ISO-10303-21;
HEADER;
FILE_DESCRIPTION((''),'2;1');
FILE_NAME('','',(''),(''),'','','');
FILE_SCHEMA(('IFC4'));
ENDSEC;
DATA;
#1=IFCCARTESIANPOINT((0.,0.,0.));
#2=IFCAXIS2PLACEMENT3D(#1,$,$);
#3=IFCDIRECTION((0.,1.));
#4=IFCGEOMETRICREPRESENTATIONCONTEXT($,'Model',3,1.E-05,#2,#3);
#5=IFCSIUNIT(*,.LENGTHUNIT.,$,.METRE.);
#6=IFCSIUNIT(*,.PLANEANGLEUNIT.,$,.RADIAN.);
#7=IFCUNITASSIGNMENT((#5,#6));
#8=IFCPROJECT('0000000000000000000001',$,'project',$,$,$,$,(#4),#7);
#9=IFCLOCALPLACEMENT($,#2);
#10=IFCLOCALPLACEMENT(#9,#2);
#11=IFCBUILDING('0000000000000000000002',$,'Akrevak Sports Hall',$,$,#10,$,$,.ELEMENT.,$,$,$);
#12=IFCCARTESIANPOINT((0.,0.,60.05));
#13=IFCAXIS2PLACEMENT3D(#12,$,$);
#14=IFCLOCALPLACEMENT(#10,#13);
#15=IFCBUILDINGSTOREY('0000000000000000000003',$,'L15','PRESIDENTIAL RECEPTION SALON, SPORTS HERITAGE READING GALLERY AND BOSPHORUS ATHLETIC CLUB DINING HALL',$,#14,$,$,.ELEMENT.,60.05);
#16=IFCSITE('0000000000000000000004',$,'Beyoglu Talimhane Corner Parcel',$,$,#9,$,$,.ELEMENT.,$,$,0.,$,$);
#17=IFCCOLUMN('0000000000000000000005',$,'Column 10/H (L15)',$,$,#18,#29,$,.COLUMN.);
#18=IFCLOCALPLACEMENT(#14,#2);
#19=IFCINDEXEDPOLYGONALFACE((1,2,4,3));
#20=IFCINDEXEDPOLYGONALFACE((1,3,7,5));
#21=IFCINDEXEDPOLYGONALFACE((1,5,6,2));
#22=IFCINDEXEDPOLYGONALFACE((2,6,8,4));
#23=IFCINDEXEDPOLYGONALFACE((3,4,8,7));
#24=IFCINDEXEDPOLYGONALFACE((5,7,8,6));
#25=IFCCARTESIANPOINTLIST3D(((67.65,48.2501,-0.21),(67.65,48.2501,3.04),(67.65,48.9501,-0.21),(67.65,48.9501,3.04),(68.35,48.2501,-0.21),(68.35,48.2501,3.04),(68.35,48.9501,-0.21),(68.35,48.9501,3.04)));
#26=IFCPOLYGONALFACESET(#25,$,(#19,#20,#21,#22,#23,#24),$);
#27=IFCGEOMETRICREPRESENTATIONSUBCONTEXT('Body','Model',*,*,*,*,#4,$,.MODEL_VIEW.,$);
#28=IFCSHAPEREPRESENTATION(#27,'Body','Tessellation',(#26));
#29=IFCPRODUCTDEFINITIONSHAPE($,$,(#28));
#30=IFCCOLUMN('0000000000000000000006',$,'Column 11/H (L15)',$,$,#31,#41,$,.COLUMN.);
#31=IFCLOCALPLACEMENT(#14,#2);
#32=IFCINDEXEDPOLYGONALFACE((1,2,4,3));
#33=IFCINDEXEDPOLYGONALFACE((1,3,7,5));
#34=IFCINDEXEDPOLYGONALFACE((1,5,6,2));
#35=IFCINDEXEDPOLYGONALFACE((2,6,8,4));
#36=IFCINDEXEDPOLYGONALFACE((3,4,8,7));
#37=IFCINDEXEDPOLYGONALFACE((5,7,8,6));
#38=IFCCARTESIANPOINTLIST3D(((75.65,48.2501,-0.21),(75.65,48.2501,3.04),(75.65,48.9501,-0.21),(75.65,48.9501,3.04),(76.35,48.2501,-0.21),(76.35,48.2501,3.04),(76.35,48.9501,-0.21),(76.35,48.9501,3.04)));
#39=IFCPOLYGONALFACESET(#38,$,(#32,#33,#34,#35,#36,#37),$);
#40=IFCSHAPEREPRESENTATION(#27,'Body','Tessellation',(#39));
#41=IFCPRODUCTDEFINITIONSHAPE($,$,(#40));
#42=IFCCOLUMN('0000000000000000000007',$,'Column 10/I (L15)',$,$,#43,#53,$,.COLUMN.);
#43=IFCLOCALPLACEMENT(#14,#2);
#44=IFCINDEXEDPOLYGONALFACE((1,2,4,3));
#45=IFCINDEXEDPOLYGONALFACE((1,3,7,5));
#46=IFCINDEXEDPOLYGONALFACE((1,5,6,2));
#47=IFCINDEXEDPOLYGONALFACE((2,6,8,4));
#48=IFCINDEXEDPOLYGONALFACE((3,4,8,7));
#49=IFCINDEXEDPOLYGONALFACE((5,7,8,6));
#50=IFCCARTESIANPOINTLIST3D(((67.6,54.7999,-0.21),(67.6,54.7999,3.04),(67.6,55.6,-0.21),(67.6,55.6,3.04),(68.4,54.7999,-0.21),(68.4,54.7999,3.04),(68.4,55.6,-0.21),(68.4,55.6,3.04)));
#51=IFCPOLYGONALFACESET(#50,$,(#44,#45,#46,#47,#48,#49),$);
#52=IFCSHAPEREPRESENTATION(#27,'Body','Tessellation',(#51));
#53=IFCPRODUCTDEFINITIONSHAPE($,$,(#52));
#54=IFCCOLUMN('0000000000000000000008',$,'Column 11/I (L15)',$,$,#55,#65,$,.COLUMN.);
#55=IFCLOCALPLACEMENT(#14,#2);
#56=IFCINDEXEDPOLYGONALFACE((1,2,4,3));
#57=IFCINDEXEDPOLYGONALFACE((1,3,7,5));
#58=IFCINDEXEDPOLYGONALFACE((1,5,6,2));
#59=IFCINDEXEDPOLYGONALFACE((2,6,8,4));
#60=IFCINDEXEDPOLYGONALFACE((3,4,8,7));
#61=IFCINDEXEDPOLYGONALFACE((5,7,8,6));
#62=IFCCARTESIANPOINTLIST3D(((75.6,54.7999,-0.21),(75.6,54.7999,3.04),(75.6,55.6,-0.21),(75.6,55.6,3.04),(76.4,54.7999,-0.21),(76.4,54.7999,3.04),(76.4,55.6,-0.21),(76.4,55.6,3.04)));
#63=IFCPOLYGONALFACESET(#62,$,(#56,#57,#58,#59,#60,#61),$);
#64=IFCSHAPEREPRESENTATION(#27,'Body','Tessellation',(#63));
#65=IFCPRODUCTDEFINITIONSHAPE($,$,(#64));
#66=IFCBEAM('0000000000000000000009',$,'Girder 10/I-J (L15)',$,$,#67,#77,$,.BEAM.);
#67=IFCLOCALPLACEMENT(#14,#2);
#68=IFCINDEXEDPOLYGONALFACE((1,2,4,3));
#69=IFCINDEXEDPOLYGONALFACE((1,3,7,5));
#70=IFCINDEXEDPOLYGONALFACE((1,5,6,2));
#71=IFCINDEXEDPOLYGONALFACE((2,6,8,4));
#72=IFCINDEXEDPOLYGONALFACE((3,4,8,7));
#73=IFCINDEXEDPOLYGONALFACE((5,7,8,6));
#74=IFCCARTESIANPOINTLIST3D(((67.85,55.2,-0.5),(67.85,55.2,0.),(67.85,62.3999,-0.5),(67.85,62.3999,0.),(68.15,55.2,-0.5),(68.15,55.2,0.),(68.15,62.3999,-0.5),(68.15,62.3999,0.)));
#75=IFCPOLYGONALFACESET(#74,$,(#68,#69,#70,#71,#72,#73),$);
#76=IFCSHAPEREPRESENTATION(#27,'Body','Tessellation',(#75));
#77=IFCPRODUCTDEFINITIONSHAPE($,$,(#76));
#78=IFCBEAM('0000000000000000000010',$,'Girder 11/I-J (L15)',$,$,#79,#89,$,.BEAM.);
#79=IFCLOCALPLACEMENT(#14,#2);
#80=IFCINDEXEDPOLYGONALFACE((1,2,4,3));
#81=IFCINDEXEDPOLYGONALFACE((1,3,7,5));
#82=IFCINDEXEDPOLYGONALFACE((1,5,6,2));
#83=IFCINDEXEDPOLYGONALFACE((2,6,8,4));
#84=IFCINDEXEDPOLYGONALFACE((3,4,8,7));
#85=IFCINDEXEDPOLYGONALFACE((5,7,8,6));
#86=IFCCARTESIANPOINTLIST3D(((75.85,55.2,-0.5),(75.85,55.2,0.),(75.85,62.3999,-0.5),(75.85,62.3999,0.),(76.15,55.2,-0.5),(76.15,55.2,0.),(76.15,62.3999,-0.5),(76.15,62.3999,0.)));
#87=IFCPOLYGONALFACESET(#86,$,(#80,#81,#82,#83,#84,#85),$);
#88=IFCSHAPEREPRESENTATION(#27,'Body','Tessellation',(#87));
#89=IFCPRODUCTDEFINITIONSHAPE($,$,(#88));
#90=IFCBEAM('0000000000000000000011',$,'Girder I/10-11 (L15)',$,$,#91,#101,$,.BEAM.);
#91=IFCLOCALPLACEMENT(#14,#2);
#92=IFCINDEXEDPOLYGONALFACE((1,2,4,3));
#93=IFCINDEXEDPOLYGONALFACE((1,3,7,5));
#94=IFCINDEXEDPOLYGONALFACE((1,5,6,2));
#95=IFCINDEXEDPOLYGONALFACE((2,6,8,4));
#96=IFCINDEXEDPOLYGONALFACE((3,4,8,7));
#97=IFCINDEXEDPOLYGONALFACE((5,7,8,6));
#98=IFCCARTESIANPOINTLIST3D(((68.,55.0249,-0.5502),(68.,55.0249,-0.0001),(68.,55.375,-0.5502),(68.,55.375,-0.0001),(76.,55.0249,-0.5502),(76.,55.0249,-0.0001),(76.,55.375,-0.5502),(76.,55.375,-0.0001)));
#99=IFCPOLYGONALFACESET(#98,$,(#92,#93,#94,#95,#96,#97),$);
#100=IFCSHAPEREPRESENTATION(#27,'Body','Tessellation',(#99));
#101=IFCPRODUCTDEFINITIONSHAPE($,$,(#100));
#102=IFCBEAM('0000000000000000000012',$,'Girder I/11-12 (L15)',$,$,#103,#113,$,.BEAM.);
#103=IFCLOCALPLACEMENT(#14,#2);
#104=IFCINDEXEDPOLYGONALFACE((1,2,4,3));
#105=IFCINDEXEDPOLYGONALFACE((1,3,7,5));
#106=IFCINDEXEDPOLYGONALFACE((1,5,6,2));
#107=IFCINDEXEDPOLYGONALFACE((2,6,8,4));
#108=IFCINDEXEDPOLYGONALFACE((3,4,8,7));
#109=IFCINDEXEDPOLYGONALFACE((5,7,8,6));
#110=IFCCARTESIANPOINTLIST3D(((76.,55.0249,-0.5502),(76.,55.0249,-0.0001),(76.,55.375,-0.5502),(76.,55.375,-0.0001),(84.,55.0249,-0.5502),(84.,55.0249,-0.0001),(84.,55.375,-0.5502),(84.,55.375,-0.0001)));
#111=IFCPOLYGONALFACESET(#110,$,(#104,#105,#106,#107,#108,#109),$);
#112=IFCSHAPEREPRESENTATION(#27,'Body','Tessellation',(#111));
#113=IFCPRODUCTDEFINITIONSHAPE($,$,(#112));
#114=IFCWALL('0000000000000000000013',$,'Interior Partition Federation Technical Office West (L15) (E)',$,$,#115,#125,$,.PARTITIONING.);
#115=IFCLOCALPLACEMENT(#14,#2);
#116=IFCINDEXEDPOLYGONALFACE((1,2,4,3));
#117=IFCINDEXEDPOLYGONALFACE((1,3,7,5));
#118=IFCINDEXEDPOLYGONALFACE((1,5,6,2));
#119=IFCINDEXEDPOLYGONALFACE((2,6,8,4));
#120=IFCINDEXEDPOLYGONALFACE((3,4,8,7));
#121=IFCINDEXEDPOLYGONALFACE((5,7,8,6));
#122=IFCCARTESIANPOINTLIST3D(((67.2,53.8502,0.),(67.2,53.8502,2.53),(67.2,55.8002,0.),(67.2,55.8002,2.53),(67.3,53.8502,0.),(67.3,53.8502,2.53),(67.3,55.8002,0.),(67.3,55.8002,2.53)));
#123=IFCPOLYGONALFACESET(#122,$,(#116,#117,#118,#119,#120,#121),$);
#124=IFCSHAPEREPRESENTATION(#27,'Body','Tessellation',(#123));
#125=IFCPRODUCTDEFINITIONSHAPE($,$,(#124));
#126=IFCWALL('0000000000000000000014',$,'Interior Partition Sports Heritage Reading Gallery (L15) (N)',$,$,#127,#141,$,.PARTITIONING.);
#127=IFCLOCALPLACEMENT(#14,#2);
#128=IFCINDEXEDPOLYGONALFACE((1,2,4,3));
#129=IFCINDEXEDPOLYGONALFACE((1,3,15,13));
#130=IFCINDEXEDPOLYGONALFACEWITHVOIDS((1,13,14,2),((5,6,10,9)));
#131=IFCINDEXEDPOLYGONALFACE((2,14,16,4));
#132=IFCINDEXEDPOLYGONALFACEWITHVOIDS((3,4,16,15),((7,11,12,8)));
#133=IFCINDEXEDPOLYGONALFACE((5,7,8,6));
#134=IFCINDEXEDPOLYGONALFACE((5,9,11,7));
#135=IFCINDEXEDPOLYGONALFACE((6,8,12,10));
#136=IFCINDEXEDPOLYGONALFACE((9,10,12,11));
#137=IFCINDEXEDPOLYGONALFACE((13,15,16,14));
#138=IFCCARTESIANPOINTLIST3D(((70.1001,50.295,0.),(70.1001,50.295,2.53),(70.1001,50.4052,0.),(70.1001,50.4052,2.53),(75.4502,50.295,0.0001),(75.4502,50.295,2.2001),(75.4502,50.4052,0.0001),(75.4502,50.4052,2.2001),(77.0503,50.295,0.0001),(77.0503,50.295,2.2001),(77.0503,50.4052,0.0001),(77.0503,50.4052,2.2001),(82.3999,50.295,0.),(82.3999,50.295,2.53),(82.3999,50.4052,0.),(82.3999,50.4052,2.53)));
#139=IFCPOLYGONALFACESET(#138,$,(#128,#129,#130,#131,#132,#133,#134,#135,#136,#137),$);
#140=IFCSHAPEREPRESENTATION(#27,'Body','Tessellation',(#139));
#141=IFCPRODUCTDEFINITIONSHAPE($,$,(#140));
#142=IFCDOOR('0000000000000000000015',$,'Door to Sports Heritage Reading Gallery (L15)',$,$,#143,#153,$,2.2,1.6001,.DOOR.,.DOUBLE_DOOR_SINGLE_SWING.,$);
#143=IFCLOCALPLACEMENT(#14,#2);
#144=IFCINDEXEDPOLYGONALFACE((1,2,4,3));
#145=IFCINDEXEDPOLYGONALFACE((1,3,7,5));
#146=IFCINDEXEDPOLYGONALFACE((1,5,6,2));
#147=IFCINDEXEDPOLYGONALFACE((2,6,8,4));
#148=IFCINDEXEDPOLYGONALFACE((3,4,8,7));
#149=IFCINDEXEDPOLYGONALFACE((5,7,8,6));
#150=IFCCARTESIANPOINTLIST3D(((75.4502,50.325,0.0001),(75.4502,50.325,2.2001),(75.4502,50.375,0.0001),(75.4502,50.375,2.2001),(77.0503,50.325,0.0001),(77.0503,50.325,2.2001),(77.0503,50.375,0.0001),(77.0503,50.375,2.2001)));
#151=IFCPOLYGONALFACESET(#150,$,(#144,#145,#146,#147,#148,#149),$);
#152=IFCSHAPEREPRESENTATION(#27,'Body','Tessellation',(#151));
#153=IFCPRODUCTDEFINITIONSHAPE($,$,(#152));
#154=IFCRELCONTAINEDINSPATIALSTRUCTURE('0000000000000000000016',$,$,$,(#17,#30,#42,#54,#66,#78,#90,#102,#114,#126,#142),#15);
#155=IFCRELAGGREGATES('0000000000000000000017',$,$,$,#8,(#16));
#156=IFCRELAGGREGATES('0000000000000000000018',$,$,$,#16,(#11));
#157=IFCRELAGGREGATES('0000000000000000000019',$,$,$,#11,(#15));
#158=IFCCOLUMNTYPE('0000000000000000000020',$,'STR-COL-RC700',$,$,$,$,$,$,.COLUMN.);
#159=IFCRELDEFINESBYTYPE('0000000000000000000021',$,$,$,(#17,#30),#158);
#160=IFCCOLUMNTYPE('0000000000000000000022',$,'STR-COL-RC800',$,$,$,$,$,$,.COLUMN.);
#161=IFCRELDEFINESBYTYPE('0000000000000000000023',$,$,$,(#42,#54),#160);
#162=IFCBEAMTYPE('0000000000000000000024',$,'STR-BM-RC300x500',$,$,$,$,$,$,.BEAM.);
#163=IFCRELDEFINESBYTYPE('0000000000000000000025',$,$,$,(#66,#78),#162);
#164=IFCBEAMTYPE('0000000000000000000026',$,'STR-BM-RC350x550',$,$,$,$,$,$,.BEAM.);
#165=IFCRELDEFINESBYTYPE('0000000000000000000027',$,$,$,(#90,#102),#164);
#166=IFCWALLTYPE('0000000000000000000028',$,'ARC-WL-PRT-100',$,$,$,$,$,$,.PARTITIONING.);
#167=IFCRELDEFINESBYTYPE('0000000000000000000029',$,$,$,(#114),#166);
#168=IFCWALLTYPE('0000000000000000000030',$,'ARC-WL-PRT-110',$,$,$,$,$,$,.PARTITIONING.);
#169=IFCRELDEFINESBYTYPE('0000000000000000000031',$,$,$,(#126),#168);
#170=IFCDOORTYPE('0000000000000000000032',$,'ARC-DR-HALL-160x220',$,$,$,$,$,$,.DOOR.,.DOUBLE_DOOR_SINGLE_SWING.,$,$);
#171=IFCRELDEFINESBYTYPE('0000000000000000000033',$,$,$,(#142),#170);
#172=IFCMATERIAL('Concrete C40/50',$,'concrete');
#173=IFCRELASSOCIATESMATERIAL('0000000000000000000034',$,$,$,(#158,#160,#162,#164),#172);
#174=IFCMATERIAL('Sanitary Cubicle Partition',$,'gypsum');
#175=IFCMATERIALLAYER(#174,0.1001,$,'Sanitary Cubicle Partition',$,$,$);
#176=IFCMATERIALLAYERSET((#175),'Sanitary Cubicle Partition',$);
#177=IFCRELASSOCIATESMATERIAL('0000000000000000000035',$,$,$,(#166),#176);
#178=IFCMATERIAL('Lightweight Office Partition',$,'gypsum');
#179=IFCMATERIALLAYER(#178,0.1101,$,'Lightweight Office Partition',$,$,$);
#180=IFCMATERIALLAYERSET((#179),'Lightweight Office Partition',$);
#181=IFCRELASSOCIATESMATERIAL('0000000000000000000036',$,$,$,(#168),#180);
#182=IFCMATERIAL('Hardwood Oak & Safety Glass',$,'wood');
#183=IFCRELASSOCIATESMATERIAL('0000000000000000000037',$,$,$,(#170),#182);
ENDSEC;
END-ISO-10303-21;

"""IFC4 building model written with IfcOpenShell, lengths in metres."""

from ifc_helpers import new_model, si_unit, direction, frame, frame_2d, origin, origin_2d, place, context, subcontext, project, spatial, rectangle, extrude, material, layer, layer_set, material_profile, profile_set, type_object, element, fill, save


model = new_model("IFC4")

# Units and contexts
model_context = context("Model", 3, precision=1e-05, world=origin(), true_north=direction((0.0, 1.0)))
body_context = subcontext(model_context, "Body", "Model", "MODEL_VIEW")
ifc_project = project(units=[si_unit("LENGTHUNIT", "METRE"), si_unit("PLANEANGLEUNIT", "RADIAN")], contexts=[model_context])

# Site, building, storey
site_placement = place(None, origin())
site = spatial("IfcSite", under=ifc_project, at=site_placement, Name="Beyoglu Talimhane Corner Parcel", CompositionType="ELEMENT", RefElevation=0.0)
building_placement = place(site_placement, origin())
building = spatial("IfcBuilding", under=site, at=building_placement, Name="Akrevak Sports Hall", CompositionType="ELEMENT")
storey_placement = place(building_placement, frame((0.0, 0.0, 60.05)))
storey = spatial("IfcBuildingStorey", under=building, at=storey_placement, Name="L15", Description="PRESIDENTIAL RECEPTION SALON, SPORTS HERITAGE READING GALLERY AND BOSPHORUS ATHLETIC CLUB DINING HALL", CompositionType="ELEMENT", Elevation=60.05)

# Columns
ifc_material_1 = material(Name="Concrete C40/50", Category="concrete")
ifc_material_profile_1 = material_profile(ifc_material_1, rectangle(XDim=0.7, YDim=0.7, at=origin_2d()), Name="RC 700x700", Category="concrete")
ifc_profile_set_1 = profile_set([ifc_material_profile_1], Name="Concrete C40/50")
column_type_1 = type_object("IfcColumnType", Name="STR-COL-RC700", PredefinedType="COLUMN", material=ifc_profile_set_1)
for number, where, z_axis, x_axis, name in (
    (1, (68.0, 48.6001, -0.21), (0.0, 0.0, 1.0), (1.0, 0.0, 0.0), "Column 10/H (L15)"),
    (2, (76.0, 48.6001, -0.21), (0.0, 0.0, 1.0), (1.0, 0.0, 0.0), "Column 11/H (L15)"),
):
    element("IfcColumn", number, at=place(storey_placement, frame(where, z_axis=z_axis, x_axis=x_axis)), inside=storey, type_object=column_type_1, Name=name, PredefinedType="COLUMN", context=body_context, shape_type="SweptSolid", body=[
        extrude(rectangle(XDim=0.7, YDim=0.7, at=origin_2d()), origin(), (0.0, 0.0, 1.0), 3.25),
    ])
ifc_material_profile_2 = material_profile(ifc_material_1, rectangle(XDim=0.8, YDim=0.8, at=origin_2d()), Name="RC 800x800", Category="concrete")
ifc_profile_set_2 = profile_set([ifc_material_profile_2], Name="Concrete C40/50")
column_type_2 = type_object("IfcColumnType", Name="STR-COL-RC800", PredefinedType="COLUMN", material=ifc_profile_set_2)
for number, where, z_axis, x_axis, name in (
    (3, (68.0, 55.2, -0.21), (0.0, 0.0, 1.0), (1.0, 0.0, 0.0), "Column 10/I (L15)"),
    (4, (76.0, 55.2, -0.21), (0.0, 0.0, 1.0), (1.0, 0.0, 0.0), "Column 11/I (L15)"),
):
    element("IfcColumn", number, at=place(storey_placement, frame(where, z_axis=z_axis, x_axis=x_axis)), inside=storey, type_object=column_type_2, Name=name, PredefinedType="COLUMN", context=body_context, shape_type="SweptSolid", body=[
        extrude(rectangle(XDim=0.8, YDim=0.8, at=origin_2d()), origin(), (0.0, 0.0, 1.0), 3.25),
    ])

# Beams
ifc_material_profile_3 = material_profile(ifc_material_1, rectangle(XDim=0.3, YDim=0.5, at=origin_2d()), Name="BM 300x500", Category="concrete")
ifc_profile_set_3 = profile_set([ifc_material_profile_3], Name="Concrete C40/50")
beam_type_1 = type_object("IfcBeamType", Name="STR-BM-RC300x500", PredefinedType="BEAM", material=ifc_profile_set_3)
for number, where, z_axis, x_axis, name in (
    (5, (68.0, 55.2, -0.25), (0.0, 1.0, 0.0), (-1.0, 0.0, 0.0), "Girder 10/I-J (L15)"),
    (6, (76.0, 55.2, -0.25), (0.0, 1.0, 0.0), (-1.0, 0.0, 0.0), "Girder 11/I-J (L15)"),
):
    element("IfcBeam", number, at=place(storey_placement, frame(where, z_axis=z_axis, x_axis=x_axis)), inside=storey, type_object=beam_type_1, Name=name, PredefinedType="BEAM", context=body_context, shape_type="SweptSolid", body=[
        extrude(rectangle(XDim=0.3, YDim=0.5, at=origin_2d()), origin(), (0.0, 0.0, 1.0), 7.2),
    ])
ifc_material_profile_4 = material_profile(ifc_material_1, rectangle(XDim=0.3501, YDim=0.55, at=origin_2d()), Name="BM 350x550", Category="concrete")
ifc_profile_set_4 = profile_set([ifc_material_profile_4], Name="Concrete C40/50")
beam_type_2 = type_object("IfcBeamType", Name="STR-BM-RC350x550", PredefinedType="BEAM", material=ifc_profile_set_4)
for number, where, z_axis, x_axis, name in (
    (7, (68.0, 55.2, -0.2751), (1.0, 0.0, 0.0), (0.0, 1.0, 0.0), "Girder I/10-11 (L15)"),
    (8, (76.0, 55.2, -0.2751), (1.0, 0.0, 0.0), (0.0, 1.0, 0.0), "Girder I/11-12 (L15)"),
):
    element("IfcBeam", number, at=place(storey_placement, frame(where, z_axis=z_axis, x_axis=x_axis)), inside=storey, type_object=beam_type_2, Name=name, PredefinedType="BEAM", context=body_context, shape_type="SweptSolid", body=[
        extrude(rectangle(XDim=0.3501, YDim=0.55, at=origin_2d()), origin(), (0.0, 0.0, 1.0), 8.0),
    ])

# Wall
ifc_material_2 = material(Name="Sanitary Cubicle Partition", Category="gypsum")
ifc_layer_1 = layer(ifc_material_2, 0.1001, Name="Sanitary Cubicle Partition")
ifc_layer_set_1 = layer_set([ifc_layer_1], Name="Sanitary Cubicle Partition")
wall_type_1 = type_object("IfcWallType", Name="ARC-WL-PRT-100", PredefinedType="PARTITIONING", material=ifc_layer_set_1)
wall_1_placement = place(storey_placement, frame((67.25, 53.8501, 0.0), z_axis=(0.0, 0.0, 1.0), x_axis=(0.0, 1.0, 0.0)))
element("IfcWall", 9, at=wall_1_placement, inside=storey, type_object=wall_type_1, Name="Interior Partition Federation Technical Office West (L15) (E)", PredefinedType="PARTITIONING", context=body_context, shape_type="SweptSolid", body=[
    extrude(rectangle(XDim=1.95, YDim=0.1001, at=frame_2d((0.9751, 0.0))), origin(), (0.0, 0.0, 1.0), 2.53),
])

# Wall, opening, door
ifc_material_3 = material(Name="Lightweight Office Partition", Category="gypsum")
ifc_layer_2 = layer(ifc_material_3, 0.1101, Name="Lightweight Office Partition")
ifc_layer_set_2 = layer_set([ifc_layer_2], Name="Lightweight Office Partition")
wall_type_2 = type_object("IfcWallType", Name="ARC-WL-PRT-110", PredefinedType="PARTITIONING", material=ifc_layer_set_2)
wall_2_placement = place(storey_placement, frame((70.1001, 50.3501, 0.0), z_axis=(0.0, 0.0, 1.0), x_axis=(1.0, 0.0, 0.0)))
wall_2 = element("IfcWall", 10, at=wall_2_placement, inside=storey, type_object=wall_type_2, Name="Interior Partition Sports Heritage Reading Gallery (L15) (N)", PredefinedType="PARTITIONING", context=body_context, shape_type="SweptSolid", body=[
    extrude(rectangle(XDim=12.2998, YDim=0.1101, at=frame_2d((6.1499, 0.0))), origin(), (0.0, 0.0, 1.0), 2.53),
])
opening_1_placement = place(wall_2_placement, frame((5.3501, 0.0, 0.0)))
opening_1 = element("IfcOpeningElement", 11, at=opening_1_placement, cuts=wall_2, PredefinedType="OPENING", context=body_context, shape_type="SweptSolid", body=[
    extrude(rectangle(XDim=1.6001, YDim=2.2, at=frame_2d((0.8, 1.1001))), frame((0.0, 0.0669, 0.0), z_axis=(0.0, -1.0, 0.0), x_axis=(1.0, 0.0, 0.0)), (0.0, 0.0, 1.0), 0.134),
])
ifc_material_4 = material(Name="Hardwood Oak & Safety Glass", Category="wood")
door_type_1 = type_object("IfcDoorType", Name="ARC-DR-HALL-160x220", OperationType="DOUBLE_DOOR_SINGLE_SWING", PredefinedType="DOOR", material=ifc_material_4)
door_1_placement = place(opening_1_placement, origin())
door_1 = element("IfcDoor", 12, at=door_1_placement, inside=storey, type_object=door_type_1, Name="Door to Sports Heritage Reading Gallery (L15)", OperationType="DOUBLE_DOOR_SINGLE_SWING", OverallHeight=2.2, OverallWidth=1.6001, PredefinedType="DOOR", context=body_context, shape_type="SweptSolid", body=[
    extrude(rectangle(XDim=1.6001, YDim=2.2, at=frame_2d((0.8, 1.1001))), frame((0.0, 0.0249, 0.0), z_axis=(0.0, -1.0, 0.0), x_axis=(1.0, 0.0, 0.0)), (0.0, 0.0, 1.0), 0.05),
])
fill(opening_1, door_1)

save(model, "model.ifc")
